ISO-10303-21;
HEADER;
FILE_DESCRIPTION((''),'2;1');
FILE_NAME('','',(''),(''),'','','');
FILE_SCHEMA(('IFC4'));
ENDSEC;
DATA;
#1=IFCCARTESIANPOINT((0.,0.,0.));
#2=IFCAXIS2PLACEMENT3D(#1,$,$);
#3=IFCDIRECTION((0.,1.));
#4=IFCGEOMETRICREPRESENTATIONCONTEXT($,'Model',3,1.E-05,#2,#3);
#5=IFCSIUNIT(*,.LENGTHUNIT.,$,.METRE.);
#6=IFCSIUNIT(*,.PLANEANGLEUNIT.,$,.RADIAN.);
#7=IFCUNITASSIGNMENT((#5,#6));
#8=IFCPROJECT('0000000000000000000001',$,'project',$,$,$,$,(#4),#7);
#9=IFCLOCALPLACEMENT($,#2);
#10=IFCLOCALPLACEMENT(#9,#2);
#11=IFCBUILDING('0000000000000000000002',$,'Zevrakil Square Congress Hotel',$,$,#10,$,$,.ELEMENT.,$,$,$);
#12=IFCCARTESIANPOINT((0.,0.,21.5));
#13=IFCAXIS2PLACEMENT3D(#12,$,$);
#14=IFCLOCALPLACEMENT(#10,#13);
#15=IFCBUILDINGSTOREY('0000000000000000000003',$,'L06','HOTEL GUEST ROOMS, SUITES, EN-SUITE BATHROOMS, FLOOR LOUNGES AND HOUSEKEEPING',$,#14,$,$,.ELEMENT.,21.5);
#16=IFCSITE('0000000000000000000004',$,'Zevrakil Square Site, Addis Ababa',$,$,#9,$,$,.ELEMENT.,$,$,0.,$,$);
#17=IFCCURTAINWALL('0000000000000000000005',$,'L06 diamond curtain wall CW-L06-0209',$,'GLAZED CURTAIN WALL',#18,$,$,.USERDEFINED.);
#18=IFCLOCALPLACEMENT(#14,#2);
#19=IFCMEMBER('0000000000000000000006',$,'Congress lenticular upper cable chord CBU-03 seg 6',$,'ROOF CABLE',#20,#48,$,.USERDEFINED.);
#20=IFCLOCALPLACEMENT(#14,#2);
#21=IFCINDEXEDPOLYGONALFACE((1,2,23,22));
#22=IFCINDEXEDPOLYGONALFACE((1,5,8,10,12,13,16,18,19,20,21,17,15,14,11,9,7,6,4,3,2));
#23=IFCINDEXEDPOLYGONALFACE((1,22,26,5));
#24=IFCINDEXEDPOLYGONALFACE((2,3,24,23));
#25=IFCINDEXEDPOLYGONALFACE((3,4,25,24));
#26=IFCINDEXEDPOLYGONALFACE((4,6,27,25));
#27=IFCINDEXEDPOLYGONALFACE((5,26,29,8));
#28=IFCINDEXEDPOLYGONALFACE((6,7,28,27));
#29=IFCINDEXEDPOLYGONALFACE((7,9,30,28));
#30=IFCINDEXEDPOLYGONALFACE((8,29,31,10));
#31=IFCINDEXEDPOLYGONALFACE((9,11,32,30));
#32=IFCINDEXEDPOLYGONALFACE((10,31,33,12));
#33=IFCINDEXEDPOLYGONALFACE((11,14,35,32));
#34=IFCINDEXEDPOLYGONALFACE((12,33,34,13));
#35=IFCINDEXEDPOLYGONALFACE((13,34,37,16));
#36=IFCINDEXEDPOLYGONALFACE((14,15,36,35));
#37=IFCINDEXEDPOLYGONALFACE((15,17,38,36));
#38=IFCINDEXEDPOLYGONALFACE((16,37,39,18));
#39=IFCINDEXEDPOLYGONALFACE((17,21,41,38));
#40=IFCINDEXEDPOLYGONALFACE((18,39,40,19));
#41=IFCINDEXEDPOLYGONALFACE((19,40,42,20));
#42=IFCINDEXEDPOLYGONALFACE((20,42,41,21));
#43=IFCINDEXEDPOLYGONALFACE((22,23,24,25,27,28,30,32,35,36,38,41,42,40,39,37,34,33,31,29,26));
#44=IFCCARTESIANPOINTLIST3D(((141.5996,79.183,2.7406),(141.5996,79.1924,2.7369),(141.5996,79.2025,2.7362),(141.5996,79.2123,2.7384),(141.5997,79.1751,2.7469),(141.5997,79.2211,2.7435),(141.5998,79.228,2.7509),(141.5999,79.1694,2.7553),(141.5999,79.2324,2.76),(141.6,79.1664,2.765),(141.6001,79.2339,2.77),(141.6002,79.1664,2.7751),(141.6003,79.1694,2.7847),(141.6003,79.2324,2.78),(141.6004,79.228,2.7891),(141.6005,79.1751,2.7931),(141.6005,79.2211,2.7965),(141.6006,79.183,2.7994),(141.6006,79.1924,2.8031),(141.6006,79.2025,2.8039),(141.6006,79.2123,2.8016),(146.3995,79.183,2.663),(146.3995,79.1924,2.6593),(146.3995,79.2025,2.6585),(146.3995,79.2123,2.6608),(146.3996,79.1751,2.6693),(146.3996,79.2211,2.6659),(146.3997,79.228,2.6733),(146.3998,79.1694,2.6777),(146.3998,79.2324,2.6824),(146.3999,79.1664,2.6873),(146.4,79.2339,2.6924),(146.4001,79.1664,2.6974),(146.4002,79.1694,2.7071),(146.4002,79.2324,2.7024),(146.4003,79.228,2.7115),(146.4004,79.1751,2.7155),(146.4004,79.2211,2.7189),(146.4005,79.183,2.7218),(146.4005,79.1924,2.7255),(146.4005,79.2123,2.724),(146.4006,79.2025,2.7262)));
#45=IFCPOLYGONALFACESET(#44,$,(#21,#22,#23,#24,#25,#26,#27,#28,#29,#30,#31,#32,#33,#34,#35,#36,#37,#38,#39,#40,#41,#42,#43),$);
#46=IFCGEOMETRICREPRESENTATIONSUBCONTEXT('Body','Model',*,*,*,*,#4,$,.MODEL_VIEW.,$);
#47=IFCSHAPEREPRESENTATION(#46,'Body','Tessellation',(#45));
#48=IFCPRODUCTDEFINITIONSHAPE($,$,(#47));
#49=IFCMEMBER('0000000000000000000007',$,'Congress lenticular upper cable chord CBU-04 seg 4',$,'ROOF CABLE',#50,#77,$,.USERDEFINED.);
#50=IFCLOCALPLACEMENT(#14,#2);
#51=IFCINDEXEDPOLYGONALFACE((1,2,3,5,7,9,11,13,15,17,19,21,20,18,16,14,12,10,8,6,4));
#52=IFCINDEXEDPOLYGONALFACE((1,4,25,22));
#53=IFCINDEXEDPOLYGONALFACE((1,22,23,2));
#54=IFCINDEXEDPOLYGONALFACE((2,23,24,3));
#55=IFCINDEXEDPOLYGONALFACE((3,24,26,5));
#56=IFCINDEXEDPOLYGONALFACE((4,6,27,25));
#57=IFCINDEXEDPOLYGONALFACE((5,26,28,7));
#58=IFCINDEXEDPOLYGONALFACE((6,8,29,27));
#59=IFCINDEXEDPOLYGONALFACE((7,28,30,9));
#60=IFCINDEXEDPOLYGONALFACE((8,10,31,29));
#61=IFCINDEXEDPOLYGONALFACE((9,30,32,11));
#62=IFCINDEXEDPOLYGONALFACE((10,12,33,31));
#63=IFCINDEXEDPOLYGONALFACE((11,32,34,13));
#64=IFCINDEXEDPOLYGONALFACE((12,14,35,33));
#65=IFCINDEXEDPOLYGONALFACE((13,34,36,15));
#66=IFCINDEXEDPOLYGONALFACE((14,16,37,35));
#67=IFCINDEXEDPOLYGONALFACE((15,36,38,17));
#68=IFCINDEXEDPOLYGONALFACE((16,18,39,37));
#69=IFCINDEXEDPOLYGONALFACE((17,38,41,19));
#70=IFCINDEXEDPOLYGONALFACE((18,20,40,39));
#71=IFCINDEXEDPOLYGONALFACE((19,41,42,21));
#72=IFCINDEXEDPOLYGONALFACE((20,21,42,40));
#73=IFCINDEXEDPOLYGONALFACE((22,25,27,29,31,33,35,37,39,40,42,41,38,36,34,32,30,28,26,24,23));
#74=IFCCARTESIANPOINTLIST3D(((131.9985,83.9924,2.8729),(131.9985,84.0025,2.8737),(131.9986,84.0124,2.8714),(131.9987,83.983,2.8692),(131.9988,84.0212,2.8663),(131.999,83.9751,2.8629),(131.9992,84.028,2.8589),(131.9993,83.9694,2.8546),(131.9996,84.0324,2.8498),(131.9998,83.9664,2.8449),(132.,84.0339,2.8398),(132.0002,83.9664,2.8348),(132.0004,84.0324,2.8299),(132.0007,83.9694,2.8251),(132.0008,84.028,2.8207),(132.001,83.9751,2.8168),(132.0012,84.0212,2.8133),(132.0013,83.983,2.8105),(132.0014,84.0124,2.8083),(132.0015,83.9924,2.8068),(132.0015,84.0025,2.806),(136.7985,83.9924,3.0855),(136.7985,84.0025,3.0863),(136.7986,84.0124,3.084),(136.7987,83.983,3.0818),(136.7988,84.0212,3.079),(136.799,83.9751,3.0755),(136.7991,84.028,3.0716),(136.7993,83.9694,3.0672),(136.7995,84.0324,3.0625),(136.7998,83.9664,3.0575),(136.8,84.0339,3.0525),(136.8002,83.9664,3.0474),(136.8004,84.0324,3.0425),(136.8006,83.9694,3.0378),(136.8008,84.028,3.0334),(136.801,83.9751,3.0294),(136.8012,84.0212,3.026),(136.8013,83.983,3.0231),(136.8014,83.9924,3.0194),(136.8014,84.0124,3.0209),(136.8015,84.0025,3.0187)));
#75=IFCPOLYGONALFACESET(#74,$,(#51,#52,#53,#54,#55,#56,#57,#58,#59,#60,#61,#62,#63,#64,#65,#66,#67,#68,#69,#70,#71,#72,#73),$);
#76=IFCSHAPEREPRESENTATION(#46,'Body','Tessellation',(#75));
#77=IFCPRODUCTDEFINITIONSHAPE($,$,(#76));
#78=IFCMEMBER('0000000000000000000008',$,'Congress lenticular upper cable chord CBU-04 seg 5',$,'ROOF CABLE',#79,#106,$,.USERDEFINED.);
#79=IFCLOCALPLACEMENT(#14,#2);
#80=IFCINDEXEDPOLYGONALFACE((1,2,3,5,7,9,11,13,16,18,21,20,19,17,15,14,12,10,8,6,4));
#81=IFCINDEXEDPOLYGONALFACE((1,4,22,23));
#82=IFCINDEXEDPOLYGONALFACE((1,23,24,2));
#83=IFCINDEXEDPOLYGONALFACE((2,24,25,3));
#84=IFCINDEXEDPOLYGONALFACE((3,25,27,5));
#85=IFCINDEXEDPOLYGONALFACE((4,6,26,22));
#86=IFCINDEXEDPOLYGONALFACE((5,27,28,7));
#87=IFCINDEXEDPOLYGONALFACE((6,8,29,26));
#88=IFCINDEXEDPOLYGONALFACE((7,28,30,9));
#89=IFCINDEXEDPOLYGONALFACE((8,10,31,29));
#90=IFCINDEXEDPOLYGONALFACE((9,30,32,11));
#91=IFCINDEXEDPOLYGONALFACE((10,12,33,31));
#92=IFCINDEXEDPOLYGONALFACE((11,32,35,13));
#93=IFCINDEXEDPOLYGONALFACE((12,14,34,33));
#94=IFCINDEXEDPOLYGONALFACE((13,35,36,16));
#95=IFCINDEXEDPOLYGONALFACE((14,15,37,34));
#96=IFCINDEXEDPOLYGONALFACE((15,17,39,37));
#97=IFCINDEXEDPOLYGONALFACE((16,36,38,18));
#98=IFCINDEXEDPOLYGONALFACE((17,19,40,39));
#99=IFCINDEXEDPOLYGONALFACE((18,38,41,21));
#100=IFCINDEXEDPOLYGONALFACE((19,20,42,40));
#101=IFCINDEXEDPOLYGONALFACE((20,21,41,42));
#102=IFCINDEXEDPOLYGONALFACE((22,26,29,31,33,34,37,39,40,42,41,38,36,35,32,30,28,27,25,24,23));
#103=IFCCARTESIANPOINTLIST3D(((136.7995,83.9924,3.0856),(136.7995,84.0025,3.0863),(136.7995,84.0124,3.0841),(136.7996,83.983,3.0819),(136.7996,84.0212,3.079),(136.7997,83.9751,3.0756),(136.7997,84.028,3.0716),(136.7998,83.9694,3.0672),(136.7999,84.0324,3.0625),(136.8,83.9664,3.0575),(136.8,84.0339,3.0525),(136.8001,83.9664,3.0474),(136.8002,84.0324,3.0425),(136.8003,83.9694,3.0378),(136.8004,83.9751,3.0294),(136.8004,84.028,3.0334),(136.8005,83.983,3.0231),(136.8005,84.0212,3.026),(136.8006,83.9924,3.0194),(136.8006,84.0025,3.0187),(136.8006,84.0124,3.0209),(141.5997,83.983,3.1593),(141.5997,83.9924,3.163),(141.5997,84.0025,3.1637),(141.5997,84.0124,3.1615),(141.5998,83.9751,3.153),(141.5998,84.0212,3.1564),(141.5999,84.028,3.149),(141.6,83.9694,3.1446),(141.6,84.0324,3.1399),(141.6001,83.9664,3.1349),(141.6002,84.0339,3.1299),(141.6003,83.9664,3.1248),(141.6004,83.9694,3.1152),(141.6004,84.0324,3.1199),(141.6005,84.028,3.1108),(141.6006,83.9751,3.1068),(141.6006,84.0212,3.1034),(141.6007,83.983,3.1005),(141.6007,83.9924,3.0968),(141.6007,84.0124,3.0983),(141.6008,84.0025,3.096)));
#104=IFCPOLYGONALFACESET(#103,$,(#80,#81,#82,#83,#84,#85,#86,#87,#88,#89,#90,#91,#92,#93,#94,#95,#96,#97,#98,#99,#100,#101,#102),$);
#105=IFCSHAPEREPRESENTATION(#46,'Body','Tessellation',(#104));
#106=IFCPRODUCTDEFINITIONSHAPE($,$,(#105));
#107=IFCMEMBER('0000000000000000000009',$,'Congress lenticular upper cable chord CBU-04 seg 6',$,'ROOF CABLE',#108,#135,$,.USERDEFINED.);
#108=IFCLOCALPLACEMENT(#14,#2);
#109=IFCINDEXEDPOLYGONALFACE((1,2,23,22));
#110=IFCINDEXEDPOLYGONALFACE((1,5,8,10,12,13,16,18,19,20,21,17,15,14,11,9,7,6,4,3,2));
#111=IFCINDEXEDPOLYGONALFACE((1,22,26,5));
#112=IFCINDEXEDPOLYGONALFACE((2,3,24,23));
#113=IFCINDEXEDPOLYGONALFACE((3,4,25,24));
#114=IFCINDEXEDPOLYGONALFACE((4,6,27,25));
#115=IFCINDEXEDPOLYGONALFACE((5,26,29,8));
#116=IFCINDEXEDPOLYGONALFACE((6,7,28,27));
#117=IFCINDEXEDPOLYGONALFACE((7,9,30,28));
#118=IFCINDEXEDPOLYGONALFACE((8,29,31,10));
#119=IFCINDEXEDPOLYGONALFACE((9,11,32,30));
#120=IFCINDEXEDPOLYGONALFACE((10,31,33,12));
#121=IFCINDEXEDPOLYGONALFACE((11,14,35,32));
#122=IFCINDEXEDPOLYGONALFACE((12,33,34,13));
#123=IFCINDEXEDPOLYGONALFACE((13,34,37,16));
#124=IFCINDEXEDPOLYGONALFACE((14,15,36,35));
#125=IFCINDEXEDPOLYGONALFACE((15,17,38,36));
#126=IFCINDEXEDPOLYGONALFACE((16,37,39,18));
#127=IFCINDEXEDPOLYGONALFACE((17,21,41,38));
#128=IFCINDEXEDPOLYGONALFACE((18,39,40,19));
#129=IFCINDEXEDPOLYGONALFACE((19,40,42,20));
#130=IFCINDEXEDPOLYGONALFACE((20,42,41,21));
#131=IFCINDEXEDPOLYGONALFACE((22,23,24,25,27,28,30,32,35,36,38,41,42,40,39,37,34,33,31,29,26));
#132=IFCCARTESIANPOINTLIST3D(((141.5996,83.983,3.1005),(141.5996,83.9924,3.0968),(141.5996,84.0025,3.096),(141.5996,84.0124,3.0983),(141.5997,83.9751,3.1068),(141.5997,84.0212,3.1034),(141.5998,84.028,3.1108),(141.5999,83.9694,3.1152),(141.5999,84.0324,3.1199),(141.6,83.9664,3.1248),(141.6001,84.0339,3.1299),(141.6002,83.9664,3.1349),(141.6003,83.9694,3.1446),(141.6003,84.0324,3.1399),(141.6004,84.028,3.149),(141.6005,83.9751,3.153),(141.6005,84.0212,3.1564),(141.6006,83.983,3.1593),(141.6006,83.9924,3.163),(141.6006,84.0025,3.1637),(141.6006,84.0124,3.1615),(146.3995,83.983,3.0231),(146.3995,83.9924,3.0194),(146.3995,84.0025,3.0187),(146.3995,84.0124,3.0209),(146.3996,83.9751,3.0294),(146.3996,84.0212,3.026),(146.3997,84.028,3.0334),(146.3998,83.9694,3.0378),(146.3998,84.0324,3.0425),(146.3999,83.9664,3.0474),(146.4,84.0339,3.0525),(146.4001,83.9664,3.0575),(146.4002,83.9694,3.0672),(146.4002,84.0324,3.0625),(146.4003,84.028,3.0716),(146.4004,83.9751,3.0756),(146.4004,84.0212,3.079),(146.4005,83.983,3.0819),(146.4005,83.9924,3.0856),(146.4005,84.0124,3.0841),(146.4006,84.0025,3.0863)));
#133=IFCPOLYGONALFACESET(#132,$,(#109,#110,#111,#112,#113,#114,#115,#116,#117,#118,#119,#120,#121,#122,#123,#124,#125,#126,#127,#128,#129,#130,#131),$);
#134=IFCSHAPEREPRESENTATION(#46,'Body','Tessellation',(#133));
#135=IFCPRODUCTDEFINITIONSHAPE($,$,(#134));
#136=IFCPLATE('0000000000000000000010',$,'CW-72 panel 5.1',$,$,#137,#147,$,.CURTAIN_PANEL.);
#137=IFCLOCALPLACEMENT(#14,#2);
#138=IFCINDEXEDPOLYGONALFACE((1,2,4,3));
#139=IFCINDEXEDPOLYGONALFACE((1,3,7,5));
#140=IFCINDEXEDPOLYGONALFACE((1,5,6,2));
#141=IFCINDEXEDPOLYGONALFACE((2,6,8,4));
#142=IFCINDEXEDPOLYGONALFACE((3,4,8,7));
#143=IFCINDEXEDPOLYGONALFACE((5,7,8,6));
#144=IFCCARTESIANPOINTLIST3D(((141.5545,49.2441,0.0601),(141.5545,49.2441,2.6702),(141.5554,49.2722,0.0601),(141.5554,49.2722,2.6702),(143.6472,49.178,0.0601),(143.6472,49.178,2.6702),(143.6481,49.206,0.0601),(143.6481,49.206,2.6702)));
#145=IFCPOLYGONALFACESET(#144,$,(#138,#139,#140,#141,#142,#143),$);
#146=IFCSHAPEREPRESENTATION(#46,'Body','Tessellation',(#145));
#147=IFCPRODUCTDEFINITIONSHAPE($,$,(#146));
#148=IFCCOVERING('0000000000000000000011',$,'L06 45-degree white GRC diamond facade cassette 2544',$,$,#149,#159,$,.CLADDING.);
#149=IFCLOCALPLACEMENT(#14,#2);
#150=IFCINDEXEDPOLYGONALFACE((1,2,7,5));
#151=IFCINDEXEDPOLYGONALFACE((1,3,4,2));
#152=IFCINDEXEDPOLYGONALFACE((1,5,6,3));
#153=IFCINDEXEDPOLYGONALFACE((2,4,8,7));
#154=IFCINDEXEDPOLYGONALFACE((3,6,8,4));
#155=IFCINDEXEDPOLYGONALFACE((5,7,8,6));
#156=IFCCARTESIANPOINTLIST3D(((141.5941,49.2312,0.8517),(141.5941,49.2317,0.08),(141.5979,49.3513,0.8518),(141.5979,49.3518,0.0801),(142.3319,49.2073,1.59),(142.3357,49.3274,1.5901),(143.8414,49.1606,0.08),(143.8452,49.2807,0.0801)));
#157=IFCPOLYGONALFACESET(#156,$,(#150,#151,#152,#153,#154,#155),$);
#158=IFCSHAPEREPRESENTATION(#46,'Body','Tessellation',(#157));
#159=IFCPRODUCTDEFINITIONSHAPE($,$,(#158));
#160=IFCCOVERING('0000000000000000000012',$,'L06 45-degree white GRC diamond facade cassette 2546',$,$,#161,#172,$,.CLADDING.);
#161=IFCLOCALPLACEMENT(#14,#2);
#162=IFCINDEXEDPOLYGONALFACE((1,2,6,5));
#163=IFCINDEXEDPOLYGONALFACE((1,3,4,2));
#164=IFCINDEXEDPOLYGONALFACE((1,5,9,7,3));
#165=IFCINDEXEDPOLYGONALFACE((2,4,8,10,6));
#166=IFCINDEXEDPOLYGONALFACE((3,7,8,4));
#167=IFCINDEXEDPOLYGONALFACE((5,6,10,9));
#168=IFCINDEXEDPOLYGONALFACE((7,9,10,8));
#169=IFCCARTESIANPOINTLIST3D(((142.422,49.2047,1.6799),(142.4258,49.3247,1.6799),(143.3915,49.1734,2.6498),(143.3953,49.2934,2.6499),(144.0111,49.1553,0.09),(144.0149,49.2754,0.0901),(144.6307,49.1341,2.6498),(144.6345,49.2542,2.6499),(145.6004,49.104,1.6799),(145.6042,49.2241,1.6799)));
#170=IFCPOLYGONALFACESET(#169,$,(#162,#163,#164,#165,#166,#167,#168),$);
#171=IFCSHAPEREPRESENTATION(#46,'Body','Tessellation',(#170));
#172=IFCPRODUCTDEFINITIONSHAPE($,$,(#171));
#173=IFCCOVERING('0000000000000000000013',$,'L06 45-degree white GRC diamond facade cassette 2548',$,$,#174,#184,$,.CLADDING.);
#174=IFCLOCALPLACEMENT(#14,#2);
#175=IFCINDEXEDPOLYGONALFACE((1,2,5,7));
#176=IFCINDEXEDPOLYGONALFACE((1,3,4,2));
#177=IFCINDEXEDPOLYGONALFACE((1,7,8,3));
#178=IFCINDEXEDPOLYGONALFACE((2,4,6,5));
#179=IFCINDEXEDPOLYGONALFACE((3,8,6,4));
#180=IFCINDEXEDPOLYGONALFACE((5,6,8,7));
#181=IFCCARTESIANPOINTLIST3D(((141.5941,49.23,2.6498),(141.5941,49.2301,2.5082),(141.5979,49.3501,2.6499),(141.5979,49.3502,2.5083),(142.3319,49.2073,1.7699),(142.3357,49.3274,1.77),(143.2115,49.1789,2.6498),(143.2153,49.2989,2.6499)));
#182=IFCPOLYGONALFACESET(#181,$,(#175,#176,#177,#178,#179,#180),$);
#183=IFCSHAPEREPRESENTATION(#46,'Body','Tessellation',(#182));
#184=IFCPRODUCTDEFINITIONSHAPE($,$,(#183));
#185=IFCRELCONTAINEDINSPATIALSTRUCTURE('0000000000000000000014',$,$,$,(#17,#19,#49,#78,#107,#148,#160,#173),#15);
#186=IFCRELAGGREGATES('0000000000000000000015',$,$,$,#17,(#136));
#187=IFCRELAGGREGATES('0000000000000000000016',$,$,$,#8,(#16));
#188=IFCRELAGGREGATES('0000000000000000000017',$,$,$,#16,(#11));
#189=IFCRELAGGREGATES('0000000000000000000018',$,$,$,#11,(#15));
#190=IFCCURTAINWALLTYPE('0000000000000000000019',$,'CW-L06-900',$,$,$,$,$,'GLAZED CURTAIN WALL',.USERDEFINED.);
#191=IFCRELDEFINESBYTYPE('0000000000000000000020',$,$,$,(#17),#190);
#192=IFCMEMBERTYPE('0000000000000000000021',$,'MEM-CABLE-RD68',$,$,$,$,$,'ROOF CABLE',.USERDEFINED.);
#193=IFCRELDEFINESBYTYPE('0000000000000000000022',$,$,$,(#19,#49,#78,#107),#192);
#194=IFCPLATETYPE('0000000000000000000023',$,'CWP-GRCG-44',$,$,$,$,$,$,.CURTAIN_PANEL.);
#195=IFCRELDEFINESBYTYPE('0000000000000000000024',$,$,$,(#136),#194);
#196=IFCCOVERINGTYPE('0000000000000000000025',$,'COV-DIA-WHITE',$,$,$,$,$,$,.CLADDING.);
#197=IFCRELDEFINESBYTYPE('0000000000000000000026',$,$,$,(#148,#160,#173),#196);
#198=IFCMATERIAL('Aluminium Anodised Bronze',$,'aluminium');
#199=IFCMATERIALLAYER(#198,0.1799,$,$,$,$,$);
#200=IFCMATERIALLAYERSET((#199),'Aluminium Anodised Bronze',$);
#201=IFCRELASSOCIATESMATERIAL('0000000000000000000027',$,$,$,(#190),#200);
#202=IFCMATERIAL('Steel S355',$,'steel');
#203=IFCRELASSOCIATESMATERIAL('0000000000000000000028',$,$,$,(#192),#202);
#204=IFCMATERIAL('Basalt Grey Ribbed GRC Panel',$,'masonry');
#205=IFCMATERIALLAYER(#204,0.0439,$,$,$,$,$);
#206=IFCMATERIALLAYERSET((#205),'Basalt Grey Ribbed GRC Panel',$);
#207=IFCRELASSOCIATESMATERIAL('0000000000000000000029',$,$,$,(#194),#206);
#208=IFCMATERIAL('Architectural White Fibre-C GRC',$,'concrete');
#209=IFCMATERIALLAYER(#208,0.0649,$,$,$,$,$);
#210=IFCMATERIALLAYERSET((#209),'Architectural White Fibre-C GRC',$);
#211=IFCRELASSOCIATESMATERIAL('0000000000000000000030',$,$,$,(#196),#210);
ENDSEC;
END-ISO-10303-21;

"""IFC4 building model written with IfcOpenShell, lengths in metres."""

from ifc_helpers import new_model, si_unit, direction, frame, origin, origin_2d, place, context, subcontext, project, spatial, polyline, rectangle, circle, outline, extrude, material, layer, layer_set, material_profile, profile_set, type_object, element, aggregate, save


model = new_model("IFC4")

# Units and contexts
model_context = context("Model", 3, precision=1e-05, world=origin(), true_north=direction((0.0, 1.0)))
body_context = subcontext(model_context, "Body", "Model", "MODEL_VIEW")
ifc_project = project(units=[si_unit("LENGTHUNIT", "METRE"), si_unit("PLANEANGLEUNIT", "RADIAN")], contexts=[model_context])

# Site, building, storey
site_placement = place(None, origin())
site = spatial("IfcSite", under=ifc_project, at=site_placement, Name="Zevrakil Square Site, Addis Ababa", CompositionType="ELEMENT", RefElevation=0.0)
building_placement = place(site_placement, origin())
building = spatial("IfcBuilding", under=site, at=building_placement, Name="Zevrakil Square Congress Hotel", CompositionType="ELEMENT")
storey_placement = place(building_placement, frame((0.0, 0.0, 21.5)))
storey = spatial("IfcBuildingStorey", under=building, at=storey_placement, Name="L06", Description="HOTEL GUEST ROOMS, SUITES, EN-SUITE BATHROOMS, FLOOR LOUNGES AND HOUSEKEEPING", CompositionType="ELEMENT", Elevation=21.5)

# Curtain wall
ifc_material_1 = material(Name="Aluminium Anodised Bronze", Category="aluminium")
ifc_layer_1 = layer(ifc_material_1, 0.1799)
ifc_layer_set_1 = layer_set([ifc_layer_1], Name="Aluminium Anodised Bronze")
curtain_wall_type_1 = type_object("IfcCurtainWallType", Name="CW-L06-900", ElementType="GLAZED CURTAIN WALL", PredefinedType="USERDEFINED", material=ifc_layer_set_1)
curtain_wall_1_placement = place(storey_placement, origin())
curtain_wall_1 = element("IfcCurtainWall", 1, at=curtain_wall_1_placement, inside=storey, type_object=curtain_wall_type_1, Name="L06 diamond curtain wall CW-L06-0209", ObjectType="GLAZED CURTAIN WALL", PredefinedType="USERDEFINED")

# Members
ifc_material_2 = material(Name="Steel S355", Category="steel")
ifc_material_profile_1 = material_profile(ifc_material_2, circle(Radius=0.0339, at=origin_2d()), Name="CABLE RD68")
ifc_profile_set_1 = profile_set([ifc_material_profile_1], Name="Steel S355")
member_type_1 = type_object("IfcMemberType", Name="MEM-CABLE-RD68", ElementType="ROOF CABLE", PredefinedType="USERDEFINED", material=ifc_profile_set_1)
member_1_placement = place(storey_placement, frame((141.6001, 79.2, 2.77), z_axis=(0.999869, 0.0, -0.016173), x_axis=(0.0, 1.0, 0.0)))
element("IfcMember", 2, at=member_1_placement, inside=storey, type_object=member_type_1, Name="Congress lenticular upper cable chord CBU-03 seg 6", ObjectType="ROOF CABLE", PredefinedType="USERDEFINED", context=body_context, shape_type="SweptSolid", body=[
    extrude(circle(Radius=0.0339, at=origin_2d()), origin(), (0.0, 0.0, 1.0), 4.8005),
])
member_2_placement = place(storey_placement, frame((132.0, 84.0, 2.8398), z_axis=(0.99902, 0.0, 0.044257), x_axis=(0.0, 1.0, 0.0)))
element("IfcMember", 3, at=member_2_placement, inside=storey, type_object=member_type_1, Name="Congress lenticular upper cable chord CBU-04 seg 4", ObjectType="ROOF CABLE", PredefinedType="USERDEFINED", context=body_context, shape_type="SweptSolid", body=[
    extrude(circle(Radius=0.0339, at=origin_2d()), origin(), (0.0, 0.0, 1.0), 4.8047),
])
member_3_placement = place(storey_placement, frame((136.8, 84.0, 3.0525), z_axis=(0.99987, 0.0, 0.016121), x_axis=(0.0, 1.0, 0.0)))
element("IfcMember", 4, at=member_3_placement, inside=storey, type_object=member_type_1, Name="Congress lenticular upper cable chord CBU-04 seg 5", ObjectType="ROOF CABLE", PredefinedType="USERDEFINED", context=body_context, shape_type="SweptSolid", body=[
    extrude(circle(Radius=0.0339, at=origin_2d()), origin(), (0.0, 0.0, 1.0), 4.8008),
])
member_4_placement = place(storey_placement, frame((141.6001, 84.0, 3.1299), z_axis=(0.99987, 0.0, -0.016122), x_axis=(0.0, 1.0, 0.0)))
element("IfcMember", 5, at=member_4_placement, inside=storey, type_object=member_type_1, Name="Congress lenticular upper cable chord CBU-04 seg 6", ObjectType="ROOF CABLE", PredefinedType="USERDEFINED", context=body_context, shape_type="SweptSolid", body=[
    extrude(circle(Radius=0.0339, at=origin_2d()), origin(), (0.0, 0.0, 1.0), 4.8005),
])

# Plate
ifc_material_3 = material(Name="Basalt Grey Ribbed GRC Panel", Category="masonry")
ifc_layer_2 = layer(ifc_material_3, 0.0439)
ifc_layer_set_2 = layer_set([ifc_layer_2], Name="Basalt Grey Ribbed GRC Panel")
plate_type = type_object("IfcPlateType", Name="CWP-GRCG-44", PredefinedType="CURTAIN_PANEL", material=ifc_layer_set_2)
plate_placement = place(storey_placement, frame((142.6013, 49.2251, 0.0601), z_axis=(0.0, 0.0, 1.0), x_axis=(-0.999501, 0.031598, 0.0)))
plate = element("IfcPlate", 6, at=plate_placement, type_object=plate_type, Name="CW-72 panel 5.1", PredefinedType="CURTAIN_PANEL", context=body_context, shape_type="SweptSolid", body=[
    extrude(rectangle(XDim=2.0938, YDim=0.0281, at=origin_2d()), origin(), (0.0, 0.0, 1.0), 2.6101),
])
aggregate(curtain_wall_1, [plate])

# Coverings
ifc_material_4 = material(Name="Architectural White Fibre-C GRC", Category="concrete")
ifc_layer_3 = layer(ifc_material_4, 0.0649)
ifc_layer_set_3 = layer_set([ifc_layer_3], Name="Architectural White Fibre-C GRC")
covering_type_1 = type_object("IfcCoveringType", Name="COV-DIA-WHITE", PredefinedType="CLADDING", material=ifc_layer_set_3)
covering_1_placement = place(storey_placement, frame((142.3357, 49.3274, 1.5901), z_axis=(0.031624, 0.9995, 0.000709), x_axis=(-0.706689, 0.022861, -0.707155)))
element("IfcCovering", 7, at=covering_1_placement, inside=storey, type_object=covering_type_1, Name="L06 45-degree white GRC diamond facade cassette 2544", PredefinedType="CLADDING", context=body_context, shape_type="SweptSolid", body=[
    extrude(outline(polyline([(0.0, 0.0), (1.044, 0.0), (1.5898, -0.5456), (0.0, -2.1356), (0.0, 0.0)])), origin(), (0.0, 0.0, -1.0), 0.1201),
])
covering_2_placement = place(storey_placement, frame((142.4258, 49.3247, 1.6799), z_axis=(0.031639, 0.999499, 0.000621), x_axis=(0.706774, -0.021934, -0.7071)))
element("IfcCovering", 8, at=covering_2_placement, inside=storey, type_object=covering_type_1, Name="L06 45-degree white GRC diamond facade cassette 2546", PredefinedType="CLADDING", context=body_context, shape_type="SweptSolid", body=[
    extrude(outline(polyline([(0.0, 0.0), (2.2484, 0.0), (2.2487, -2.2486), (0.8768, -2.2485), (0.0, -1.3718), (0.0, 0.0)])), origin(), (0.0, 0.0, -1.0), 0.1201),
])
covering_3_placement = place(storey_placement, frame((142.3357, 49.3274, 1.77), z_axis=(0.031619, 0.9995, 0.000721), x_axis=(0.706822, -0.02287, 0.707022)))
element("IfcCovering", 9, at=covering_3_placement, inside=storey, type_object=covering_type_1, Name="L06 45-degree white GRC diamond facade cassette 2548", PredefinedType="CLADDING", context=body_context, shape_type="SweptSolid", body=[
    extrude(outline(polyline([(0.0, 0.0), (1.2445, 0.0), (0.1001, -1.1441), (0.0, -1.044), (0.0, 0.0)])), origin(), (0.0, 0.0, -1.0), 0.1201),
])

save(model, "model.ifc")
